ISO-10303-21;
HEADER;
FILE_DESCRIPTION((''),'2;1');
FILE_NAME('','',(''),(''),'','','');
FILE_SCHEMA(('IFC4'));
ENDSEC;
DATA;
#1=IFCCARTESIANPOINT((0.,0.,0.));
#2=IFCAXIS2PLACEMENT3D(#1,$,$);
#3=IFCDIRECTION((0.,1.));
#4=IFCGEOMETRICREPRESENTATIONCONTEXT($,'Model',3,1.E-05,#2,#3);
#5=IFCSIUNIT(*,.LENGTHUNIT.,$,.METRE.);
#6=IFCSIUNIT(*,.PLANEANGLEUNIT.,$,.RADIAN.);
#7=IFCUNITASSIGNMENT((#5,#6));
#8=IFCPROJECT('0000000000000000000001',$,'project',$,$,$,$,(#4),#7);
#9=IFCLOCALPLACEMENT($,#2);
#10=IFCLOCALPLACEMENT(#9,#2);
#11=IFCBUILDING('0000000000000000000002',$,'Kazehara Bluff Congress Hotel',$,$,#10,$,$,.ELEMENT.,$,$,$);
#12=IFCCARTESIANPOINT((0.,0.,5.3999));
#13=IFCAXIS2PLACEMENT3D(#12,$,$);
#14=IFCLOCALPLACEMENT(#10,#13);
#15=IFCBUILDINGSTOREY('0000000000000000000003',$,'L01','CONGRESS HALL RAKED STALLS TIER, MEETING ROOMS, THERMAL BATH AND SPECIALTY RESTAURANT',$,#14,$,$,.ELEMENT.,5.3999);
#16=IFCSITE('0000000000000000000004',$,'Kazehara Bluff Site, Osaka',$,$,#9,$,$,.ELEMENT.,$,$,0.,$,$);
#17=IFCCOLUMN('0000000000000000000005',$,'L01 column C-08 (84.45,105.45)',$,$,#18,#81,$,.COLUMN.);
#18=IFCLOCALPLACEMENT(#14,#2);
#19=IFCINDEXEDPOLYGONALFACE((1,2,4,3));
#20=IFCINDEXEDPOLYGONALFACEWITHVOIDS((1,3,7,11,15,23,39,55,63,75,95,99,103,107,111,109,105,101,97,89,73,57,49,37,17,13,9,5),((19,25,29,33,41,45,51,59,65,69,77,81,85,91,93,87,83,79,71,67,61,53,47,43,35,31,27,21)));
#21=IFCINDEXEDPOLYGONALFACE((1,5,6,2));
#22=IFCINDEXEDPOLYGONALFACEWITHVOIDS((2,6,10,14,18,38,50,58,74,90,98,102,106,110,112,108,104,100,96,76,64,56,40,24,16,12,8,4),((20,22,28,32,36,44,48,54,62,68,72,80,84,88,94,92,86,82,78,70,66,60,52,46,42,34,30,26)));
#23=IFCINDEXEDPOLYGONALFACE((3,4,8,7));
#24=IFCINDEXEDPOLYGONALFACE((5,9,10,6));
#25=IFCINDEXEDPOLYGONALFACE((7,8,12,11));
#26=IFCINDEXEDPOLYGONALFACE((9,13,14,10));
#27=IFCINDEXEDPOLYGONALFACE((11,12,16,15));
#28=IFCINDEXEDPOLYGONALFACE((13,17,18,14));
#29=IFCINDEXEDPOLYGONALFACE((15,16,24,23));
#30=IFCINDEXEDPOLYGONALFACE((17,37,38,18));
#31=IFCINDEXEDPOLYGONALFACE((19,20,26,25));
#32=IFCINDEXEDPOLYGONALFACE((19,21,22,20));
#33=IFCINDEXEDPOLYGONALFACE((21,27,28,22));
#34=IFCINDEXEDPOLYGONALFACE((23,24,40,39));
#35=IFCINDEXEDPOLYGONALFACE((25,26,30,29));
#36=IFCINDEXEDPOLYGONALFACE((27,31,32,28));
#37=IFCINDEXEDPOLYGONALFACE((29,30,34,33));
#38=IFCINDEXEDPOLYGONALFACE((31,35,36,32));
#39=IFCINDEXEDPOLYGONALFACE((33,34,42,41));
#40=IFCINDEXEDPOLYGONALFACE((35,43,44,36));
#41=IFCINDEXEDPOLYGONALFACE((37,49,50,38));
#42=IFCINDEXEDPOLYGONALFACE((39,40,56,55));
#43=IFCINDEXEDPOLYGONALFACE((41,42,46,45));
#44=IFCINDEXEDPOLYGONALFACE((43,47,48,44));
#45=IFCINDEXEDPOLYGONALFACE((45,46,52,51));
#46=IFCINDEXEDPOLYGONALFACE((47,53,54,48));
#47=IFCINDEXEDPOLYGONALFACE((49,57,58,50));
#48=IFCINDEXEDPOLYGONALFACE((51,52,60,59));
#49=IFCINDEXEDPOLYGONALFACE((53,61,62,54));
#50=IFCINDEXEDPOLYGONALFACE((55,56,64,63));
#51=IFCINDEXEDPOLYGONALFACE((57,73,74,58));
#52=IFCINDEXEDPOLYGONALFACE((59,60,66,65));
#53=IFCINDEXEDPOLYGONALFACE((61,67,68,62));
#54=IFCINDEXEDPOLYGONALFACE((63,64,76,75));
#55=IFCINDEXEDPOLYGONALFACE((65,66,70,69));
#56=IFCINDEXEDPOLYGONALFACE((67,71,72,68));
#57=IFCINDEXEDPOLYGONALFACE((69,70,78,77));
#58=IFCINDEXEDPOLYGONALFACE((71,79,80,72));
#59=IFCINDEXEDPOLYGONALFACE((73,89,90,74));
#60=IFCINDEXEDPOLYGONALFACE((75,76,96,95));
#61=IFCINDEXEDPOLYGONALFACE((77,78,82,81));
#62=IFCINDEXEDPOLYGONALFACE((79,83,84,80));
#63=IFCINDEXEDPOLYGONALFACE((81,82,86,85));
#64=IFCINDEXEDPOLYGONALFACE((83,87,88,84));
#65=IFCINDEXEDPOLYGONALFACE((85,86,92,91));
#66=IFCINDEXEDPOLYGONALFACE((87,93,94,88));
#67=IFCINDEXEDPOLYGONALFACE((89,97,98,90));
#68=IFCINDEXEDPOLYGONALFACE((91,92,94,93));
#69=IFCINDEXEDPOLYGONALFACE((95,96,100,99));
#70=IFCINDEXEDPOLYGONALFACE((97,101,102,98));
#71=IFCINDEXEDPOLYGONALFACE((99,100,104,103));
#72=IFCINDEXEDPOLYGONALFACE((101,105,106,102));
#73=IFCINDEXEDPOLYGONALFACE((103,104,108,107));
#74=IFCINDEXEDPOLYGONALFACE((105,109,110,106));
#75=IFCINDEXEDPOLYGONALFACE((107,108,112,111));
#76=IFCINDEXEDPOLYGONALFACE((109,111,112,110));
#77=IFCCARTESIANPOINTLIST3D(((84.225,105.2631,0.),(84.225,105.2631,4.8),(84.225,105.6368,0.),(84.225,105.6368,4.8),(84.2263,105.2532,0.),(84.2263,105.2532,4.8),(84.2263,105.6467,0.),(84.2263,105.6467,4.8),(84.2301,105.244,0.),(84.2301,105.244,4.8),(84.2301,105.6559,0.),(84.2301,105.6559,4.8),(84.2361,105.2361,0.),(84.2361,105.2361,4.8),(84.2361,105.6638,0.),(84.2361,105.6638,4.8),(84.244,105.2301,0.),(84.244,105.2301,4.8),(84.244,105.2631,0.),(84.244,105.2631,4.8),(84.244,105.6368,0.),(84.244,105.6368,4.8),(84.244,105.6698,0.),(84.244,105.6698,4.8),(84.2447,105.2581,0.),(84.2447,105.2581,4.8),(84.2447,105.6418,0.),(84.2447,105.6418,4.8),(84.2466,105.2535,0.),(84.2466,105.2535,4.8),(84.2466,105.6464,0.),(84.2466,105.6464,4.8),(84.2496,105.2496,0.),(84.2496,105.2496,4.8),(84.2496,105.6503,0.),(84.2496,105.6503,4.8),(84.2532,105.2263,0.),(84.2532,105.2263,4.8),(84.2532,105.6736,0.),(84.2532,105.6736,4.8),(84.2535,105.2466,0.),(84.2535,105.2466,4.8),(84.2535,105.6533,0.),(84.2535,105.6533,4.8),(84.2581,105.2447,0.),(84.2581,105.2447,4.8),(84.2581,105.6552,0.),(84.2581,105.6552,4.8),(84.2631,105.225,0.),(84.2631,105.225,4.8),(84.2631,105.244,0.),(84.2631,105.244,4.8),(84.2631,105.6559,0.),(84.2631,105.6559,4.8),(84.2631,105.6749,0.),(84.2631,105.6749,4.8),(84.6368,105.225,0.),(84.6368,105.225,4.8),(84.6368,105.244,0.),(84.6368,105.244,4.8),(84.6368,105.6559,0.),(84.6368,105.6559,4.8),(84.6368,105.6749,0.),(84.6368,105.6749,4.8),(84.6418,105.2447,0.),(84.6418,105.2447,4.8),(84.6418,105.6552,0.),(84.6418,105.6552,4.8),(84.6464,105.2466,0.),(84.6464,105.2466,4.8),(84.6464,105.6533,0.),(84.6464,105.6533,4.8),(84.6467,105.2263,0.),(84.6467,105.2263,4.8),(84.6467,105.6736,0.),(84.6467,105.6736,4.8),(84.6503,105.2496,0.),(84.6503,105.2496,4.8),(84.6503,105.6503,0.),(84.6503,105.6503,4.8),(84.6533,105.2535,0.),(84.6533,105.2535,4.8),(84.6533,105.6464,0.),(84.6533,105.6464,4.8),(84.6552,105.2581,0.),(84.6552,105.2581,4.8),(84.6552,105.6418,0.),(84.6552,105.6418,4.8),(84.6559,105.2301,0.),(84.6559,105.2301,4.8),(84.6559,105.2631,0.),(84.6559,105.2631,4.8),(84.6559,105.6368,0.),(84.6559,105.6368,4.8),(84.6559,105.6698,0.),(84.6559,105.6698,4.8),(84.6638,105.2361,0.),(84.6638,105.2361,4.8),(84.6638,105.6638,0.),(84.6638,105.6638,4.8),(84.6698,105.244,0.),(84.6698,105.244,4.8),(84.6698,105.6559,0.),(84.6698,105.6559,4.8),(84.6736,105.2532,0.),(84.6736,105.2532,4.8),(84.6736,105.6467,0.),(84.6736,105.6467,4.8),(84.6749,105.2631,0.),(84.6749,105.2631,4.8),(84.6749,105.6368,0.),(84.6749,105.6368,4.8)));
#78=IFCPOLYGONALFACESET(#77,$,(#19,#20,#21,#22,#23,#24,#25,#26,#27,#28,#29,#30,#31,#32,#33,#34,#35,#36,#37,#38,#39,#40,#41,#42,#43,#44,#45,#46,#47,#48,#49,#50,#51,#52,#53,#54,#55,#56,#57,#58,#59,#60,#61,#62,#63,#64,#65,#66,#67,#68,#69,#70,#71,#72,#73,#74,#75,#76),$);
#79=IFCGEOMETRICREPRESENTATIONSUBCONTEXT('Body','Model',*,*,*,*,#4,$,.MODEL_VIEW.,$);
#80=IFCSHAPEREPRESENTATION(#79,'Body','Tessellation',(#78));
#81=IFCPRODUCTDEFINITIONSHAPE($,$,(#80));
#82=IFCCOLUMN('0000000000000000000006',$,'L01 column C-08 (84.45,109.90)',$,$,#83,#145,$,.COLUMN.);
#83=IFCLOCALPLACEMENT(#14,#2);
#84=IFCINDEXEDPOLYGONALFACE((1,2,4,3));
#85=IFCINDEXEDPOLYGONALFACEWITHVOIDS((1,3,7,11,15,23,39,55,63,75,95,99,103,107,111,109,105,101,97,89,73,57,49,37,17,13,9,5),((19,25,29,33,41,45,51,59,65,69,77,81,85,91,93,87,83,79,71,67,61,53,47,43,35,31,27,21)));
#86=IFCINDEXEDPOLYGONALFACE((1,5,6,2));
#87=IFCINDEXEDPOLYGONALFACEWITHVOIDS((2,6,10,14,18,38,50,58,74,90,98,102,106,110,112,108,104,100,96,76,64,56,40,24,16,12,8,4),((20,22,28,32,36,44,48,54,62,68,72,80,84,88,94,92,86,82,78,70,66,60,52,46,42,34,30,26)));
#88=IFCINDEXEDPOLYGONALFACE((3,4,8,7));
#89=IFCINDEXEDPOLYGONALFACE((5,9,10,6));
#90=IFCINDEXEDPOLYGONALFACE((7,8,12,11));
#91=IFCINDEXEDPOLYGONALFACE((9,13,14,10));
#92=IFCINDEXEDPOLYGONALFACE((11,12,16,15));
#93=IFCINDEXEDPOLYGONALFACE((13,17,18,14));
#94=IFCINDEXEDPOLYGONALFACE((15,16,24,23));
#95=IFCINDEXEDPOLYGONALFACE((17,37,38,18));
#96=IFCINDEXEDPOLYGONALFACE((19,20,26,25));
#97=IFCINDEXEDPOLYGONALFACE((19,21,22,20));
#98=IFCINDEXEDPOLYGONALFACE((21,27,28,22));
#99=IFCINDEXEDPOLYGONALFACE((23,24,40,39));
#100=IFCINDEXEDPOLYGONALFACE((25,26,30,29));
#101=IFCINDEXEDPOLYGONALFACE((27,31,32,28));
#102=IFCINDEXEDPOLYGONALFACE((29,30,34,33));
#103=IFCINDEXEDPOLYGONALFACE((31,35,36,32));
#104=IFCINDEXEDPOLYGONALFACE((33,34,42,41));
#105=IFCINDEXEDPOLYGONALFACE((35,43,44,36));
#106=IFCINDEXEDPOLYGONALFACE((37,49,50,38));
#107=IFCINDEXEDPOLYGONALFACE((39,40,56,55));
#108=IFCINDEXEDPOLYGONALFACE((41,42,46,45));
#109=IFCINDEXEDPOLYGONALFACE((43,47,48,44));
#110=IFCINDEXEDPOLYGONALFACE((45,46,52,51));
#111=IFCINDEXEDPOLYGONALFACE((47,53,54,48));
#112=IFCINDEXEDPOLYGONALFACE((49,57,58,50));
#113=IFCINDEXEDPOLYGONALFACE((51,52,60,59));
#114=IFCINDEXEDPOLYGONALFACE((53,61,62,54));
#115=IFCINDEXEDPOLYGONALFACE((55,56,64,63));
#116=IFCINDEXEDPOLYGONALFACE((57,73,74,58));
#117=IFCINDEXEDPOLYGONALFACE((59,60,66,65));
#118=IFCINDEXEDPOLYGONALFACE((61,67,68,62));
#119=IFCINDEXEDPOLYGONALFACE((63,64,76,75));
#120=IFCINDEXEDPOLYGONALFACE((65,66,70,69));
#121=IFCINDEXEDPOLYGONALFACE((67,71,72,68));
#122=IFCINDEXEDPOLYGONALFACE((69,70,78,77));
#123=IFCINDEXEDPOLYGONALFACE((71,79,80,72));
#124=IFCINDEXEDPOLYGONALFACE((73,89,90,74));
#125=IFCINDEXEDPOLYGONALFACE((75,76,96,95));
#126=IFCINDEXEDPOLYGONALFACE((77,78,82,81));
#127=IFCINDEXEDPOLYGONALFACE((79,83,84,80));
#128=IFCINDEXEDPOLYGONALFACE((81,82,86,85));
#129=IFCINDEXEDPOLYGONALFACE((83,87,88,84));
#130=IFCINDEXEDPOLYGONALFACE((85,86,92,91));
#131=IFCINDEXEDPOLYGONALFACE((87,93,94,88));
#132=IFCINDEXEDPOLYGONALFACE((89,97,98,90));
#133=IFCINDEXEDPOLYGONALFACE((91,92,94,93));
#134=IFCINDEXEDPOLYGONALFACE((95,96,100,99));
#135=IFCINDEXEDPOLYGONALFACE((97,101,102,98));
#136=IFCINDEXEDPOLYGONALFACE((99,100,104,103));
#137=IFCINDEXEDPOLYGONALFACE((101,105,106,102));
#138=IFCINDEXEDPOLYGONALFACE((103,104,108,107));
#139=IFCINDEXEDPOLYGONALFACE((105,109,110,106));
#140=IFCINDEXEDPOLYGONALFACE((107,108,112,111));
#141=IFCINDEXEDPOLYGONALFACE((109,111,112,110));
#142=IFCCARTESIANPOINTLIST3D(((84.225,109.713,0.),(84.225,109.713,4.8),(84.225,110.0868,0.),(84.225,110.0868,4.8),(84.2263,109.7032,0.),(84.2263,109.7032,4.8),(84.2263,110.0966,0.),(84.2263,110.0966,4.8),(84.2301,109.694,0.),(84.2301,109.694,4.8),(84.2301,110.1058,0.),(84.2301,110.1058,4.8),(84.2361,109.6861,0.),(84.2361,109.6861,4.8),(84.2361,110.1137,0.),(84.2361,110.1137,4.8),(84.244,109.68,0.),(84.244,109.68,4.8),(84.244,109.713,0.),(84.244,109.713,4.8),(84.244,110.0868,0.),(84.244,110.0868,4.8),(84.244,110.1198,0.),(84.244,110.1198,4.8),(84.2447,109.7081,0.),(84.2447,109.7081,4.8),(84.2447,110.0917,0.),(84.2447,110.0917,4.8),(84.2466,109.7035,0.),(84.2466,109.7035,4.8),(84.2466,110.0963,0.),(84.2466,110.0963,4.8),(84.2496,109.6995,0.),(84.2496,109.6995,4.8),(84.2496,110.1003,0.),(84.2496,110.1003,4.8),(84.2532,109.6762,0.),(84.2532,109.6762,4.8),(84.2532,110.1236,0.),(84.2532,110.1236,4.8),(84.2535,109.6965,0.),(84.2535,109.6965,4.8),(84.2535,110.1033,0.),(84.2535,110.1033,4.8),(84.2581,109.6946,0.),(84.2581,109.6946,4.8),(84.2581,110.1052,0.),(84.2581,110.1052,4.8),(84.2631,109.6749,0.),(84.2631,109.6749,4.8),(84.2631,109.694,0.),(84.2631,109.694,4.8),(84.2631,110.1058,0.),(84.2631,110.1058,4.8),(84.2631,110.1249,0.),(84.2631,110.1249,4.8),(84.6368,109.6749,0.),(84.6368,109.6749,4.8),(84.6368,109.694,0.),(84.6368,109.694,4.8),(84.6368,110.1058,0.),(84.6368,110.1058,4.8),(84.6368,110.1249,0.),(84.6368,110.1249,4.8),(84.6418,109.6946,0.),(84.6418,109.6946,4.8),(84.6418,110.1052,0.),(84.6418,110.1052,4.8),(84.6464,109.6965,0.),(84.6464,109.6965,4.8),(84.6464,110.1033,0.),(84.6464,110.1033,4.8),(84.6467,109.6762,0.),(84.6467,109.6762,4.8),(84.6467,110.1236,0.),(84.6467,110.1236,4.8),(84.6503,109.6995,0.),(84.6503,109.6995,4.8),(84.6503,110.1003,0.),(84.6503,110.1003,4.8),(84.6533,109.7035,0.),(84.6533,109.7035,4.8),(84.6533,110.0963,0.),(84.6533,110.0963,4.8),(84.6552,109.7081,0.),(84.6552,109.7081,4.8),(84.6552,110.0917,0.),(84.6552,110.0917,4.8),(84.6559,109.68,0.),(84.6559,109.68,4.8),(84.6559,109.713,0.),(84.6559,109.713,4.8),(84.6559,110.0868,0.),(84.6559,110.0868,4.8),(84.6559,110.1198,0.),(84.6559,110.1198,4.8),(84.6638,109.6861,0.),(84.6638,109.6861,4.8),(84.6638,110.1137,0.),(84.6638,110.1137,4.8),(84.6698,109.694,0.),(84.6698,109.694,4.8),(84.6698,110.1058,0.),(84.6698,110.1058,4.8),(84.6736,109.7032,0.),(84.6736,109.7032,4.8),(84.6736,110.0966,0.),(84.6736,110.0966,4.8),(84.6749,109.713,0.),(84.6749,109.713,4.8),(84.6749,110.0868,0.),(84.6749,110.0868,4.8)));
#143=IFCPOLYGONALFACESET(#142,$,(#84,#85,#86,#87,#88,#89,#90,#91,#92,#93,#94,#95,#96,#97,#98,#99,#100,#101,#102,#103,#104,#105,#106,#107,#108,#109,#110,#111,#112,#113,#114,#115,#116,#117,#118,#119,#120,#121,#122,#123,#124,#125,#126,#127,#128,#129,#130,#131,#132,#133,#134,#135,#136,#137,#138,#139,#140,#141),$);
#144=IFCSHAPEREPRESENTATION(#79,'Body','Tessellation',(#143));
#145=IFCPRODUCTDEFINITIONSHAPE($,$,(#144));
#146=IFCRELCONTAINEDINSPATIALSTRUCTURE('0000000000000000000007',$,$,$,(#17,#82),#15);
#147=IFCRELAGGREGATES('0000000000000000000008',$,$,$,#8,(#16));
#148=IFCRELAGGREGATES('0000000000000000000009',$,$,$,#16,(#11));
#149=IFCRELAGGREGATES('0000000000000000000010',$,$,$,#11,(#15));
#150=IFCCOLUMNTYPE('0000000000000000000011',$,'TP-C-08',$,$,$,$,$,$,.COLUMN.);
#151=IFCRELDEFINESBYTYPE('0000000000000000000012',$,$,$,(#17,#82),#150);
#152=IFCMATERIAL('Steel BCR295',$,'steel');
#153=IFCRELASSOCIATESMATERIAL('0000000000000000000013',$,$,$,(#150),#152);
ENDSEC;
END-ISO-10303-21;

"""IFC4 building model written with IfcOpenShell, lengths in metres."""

from ifc_helpers import new_model, si_unit, direction, frame, origin, origin_2d, place, context, subcontext, project, spatial, hollow_rectangle, extrude, material, material_profile, profile_set, type_object, element, save


model = new_model("IFC4")

# Units and contexts
model_context = context("Model", 3, precision=1e-05, world=origin(), true_north=direction((0.0, 1.0)))
body_context = subcontext(model_context, "Body", "Model", "MODEL_VIEW")
ifc_project = project(units=[si_unit("LENGTHUNIT", "METRE"), si_unit("PLANEANGLEUNIT", "RADIAN")], contexts=[model_context])

# Site, building, storey
site_placement = place(None, origin())
site = spatial("IfcSite", under=ifc_project, at=site_placement, Name="Kazehara Bluff Site, Osaka", CompositionType="ELEMENT", RefElevation=0.0)
building_placement = place(site_placement, origin())
building = spatial("IfcBuilding", under=site, at=building_placement, Name="Kazehara Bluff Congress Hotel", CompositionType="ELEMENT")
storey_placement = place(building_placement, frame((0.0, 0.0, 5.3999)))
storey = spatial("IfcBuildingStorey", under=building, at=storey_placement, Name="L01", Description="CONGRESS HALL RAKED STALLS TIER, MEETING ROOMS, THERMAL BATH AND SPECIALTY RESTAURANT", CompositionType="ELEMENT", Elevation=5.3999)

# Columns
ifc_material_1 = material(Name="Steel BCR295", Category="steel")
ifc_material_profile_1 = material_profile(ifc_material_1, hollow_rectangle(XDim=0.45, YDim=0.45, WallThickness=0.019, InnerFilletRadius=0.019, OuterFilletRadius=0.0381, at=origin_2d()))
ifc_profile_set_1 = profile_set([ifc_material_profile_1], Name="Steel BCR295")
column_type = type_object("IfcColumnType", Name="TP-C-08", PredefinedType="COLUMN", material=ifc_profile_set_1)
for number, where, z_axis, x_axis, name in (
    (1, (84.45, 105.45, 0.0), (0.0, 0.0, 1.0), (1.0, 0.0, 0.0), "L01 column C-08 (84.45,105.45)"),
    (2, (84.45, 109.8999, 0.0), (0.0, 0.0, 1.0), (1.0, 0.0, 0.0), "L01 column C-08 (84.45,109.90)"),
):
    element("IfcColumn", number, at=place(storey_placement, frame(where, z_axis=z_axis, x_axis=x_axis)), inside=storey, type_object=column_type, Name=name, PredefinedType="COLUMN", context=body_context, shape_type="SweptSolid", body=[
        extrude(hollow_rectangle(XDim=0.45, YDim=0.45, WallThickness=0.019, InnerFilletRadius=0.019, OuterFilletRadius=0.0381, at=origin_2d()), origin(), (0.0, 0.0, 1.0), 4.8),
    ])

save(model, "model.ifc")
